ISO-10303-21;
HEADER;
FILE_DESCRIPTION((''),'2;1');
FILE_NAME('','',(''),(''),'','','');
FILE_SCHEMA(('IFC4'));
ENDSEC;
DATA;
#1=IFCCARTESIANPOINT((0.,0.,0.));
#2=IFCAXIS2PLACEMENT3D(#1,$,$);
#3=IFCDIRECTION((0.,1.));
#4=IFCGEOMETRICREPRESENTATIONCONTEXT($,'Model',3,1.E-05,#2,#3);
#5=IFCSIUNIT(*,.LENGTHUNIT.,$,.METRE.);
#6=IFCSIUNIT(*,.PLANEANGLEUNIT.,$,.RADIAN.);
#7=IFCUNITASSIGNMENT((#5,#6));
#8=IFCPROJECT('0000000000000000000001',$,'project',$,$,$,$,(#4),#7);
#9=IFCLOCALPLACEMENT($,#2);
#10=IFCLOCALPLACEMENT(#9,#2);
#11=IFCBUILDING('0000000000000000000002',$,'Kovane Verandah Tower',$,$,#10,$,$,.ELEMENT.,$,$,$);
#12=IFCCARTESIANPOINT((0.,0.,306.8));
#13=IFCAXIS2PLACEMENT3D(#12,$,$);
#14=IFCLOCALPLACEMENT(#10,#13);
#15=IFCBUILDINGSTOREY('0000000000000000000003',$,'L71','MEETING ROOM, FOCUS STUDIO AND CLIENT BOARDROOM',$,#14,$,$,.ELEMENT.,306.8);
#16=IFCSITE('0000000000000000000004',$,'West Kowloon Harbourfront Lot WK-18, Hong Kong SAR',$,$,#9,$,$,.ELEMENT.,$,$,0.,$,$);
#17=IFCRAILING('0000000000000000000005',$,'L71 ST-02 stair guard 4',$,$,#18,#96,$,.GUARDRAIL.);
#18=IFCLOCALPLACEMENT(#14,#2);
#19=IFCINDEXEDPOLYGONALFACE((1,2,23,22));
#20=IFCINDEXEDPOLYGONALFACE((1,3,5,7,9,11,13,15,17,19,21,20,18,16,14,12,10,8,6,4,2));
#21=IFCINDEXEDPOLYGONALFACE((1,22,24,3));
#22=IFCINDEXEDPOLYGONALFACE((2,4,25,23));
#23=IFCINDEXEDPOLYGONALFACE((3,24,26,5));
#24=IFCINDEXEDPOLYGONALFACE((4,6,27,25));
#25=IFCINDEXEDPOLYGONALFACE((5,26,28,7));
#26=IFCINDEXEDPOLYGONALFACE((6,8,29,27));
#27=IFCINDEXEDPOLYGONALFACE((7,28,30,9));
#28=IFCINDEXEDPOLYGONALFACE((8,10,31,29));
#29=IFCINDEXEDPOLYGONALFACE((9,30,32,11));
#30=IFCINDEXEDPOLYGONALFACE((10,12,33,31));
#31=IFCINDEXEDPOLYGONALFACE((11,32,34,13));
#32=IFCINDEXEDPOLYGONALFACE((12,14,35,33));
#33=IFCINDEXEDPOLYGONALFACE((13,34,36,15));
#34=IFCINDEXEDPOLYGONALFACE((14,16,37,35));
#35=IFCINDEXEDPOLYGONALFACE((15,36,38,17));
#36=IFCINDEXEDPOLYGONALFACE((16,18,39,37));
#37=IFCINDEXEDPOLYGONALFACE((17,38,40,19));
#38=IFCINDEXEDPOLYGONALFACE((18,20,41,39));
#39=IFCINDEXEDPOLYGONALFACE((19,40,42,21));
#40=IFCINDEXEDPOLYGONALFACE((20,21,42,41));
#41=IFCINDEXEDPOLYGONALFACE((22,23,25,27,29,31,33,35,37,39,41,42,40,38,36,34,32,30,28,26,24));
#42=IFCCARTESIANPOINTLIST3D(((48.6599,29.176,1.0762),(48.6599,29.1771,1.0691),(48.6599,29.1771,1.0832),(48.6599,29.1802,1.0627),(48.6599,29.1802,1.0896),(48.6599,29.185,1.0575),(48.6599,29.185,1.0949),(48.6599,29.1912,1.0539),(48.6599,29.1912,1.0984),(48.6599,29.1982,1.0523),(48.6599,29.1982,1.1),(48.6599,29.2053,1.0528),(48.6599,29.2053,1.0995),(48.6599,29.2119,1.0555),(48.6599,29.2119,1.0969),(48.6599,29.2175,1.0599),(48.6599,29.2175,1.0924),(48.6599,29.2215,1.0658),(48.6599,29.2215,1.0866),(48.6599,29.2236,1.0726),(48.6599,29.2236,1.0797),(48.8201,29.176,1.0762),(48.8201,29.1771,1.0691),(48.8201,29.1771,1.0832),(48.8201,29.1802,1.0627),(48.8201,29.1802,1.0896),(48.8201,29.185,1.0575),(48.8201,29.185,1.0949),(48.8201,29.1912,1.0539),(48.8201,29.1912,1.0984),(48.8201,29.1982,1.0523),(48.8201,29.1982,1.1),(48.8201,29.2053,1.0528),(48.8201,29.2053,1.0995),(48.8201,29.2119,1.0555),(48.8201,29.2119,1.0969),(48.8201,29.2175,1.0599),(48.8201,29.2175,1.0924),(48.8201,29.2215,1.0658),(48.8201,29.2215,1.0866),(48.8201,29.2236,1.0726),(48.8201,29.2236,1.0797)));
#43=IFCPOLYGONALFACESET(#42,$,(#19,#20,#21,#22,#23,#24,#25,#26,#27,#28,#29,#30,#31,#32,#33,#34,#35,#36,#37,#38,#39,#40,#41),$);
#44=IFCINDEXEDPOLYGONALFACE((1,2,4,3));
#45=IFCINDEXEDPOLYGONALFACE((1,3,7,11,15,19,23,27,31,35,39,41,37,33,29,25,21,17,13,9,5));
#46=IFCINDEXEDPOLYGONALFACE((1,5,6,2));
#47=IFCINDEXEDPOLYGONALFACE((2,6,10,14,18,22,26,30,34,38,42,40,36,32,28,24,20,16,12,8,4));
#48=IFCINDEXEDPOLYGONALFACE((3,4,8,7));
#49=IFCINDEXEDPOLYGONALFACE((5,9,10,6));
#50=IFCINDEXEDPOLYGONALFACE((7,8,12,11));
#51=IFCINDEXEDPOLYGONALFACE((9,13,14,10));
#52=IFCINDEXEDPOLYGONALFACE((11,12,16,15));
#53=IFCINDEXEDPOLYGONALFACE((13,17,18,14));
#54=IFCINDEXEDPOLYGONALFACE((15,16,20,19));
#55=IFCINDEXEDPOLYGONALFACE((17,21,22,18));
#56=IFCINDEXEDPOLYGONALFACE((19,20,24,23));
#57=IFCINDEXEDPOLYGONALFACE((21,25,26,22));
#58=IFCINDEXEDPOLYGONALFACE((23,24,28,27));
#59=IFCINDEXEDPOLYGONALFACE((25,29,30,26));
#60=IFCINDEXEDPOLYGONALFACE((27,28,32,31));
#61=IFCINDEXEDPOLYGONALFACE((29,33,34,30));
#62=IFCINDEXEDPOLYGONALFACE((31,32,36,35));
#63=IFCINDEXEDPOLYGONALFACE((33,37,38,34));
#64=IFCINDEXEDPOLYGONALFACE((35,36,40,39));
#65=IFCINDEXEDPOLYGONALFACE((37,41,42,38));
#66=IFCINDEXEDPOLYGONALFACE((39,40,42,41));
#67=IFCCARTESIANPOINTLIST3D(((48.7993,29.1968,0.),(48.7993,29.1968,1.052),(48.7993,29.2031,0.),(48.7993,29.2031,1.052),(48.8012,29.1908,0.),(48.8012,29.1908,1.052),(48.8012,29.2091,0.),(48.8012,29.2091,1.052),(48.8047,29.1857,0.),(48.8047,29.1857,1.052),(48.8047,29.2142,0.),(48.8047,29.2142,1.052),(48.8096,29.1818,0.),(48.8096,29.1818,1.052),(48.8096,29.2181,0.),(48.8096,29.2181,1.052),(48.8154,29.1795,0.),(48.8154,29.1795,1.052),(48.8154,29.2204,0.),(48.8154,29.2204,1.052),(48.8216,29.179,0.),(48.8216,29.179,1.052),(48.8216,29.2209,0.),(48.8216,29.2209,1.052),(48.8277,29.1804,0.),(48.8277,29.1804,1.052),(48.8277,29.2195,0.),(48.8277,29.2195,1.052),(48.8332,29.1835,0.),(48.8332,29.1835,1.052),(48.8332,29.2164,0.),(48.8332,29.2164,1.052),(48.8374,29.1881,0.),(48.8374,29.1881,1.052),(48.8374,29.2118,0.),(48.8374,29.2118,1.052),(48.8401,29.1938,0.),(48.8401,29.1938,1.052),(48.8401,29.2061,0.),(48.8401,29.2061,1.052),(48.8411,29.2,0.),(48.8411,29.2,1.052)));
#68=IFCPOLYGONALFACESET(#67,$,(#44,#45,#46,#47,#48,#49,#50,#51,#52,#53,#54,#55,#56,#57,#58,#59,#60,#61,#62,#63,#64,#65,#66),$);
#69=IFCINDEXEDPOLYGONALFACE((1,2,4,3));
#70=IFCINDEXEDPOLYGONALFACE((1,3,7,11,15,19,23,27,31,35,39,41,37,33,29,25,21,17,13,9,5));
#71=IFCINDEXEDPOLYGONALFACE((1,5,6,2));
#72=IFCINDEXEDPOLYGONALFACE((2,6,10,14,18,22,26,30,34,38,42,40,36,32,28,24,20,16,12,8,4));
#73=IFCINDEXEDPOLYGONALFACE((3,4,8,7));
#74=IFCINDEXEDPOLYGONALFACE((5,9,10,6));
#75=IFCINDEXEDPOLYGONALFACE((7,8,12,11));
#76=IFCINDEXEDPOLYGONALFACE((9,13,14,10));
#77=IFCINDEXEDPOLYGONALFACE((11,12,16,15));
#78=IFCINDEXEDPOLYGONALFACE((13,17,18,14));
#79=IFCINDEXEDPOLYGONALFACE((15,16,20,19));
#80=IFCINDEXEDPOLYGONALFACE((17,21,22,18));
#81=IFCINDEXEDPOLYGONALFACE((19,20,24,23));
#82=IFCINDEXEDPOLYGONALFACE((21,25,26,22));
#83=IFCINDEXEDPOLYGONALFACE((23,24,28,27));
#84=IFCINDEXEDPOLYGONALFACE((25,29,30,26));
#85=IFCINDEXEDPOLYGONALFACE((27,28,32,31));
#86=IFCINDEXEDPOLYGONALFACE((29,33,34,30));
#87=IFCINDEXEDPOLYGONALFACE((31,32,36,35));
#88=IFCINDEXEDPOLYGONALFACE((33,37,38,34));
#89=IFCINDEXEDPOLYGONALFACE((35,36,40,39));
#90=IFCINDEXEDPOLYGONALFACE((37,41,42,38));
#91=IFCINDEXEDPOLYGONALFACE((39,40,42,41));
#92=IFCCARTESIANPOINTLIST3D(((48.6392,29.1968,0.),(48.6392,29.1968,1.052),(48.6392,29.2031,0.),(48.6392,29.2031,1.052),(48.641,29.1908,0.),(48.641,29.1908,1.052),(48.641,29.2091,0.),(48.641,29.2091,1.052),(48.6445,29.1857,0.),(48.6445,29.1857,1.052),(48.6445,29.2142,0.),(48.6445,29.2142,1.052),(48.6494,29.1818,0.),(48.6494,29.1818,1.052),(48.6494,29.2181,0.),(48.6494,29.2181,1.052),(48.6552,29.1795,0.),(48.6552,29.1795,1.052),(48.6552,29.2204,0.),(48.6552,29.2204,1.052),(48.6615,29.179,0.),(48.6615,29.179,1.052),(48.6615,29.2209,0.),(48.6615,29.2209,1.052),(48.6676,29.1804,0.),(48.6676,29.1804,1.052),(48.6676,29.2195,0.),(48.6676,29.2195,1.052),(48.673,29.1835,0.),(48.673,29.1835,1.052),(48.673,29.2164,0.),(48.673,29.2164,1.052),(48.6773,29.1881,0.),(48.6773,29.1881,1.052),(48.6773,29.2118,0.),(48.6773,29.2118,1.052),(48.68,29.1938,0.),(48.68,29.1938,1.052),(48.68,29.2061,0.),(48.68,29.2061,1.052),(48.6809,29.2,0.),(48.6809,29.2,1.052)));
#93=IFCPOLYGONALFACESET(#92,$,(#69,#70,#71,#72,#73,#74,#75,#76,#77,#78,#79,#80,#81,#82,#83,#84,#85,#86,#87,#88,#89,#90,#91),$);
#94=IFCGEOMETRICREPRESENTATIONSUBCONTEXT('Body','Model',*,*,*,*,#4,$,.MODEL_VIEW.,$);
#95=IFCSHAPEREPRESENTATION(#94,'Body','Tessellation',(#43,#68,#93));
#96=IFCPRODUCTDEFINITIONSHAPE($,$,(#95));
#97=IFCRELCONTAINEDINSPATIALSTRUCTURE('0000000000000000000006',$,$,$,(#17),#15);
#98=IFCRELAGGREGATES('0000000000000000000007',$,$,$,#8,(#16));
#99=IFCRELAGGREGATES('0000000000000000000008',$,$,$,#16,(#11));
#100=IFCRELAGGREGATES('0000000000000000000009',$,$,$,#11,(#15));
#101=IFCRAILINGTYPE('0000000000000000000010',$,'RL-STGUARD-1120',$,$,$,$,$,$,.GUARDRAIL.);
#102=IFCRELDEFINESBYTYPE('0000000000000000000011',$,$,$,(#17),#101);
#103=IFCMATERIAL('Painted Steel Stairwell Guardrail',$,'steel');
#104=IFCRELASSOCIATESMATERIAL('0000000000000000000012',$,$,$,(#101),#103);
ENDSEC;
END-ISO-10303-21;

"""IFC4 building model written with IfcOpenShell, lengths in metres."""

from ifc_helpers import new_model, si_unit, direction, frame, origin, origin_2d, place, context, subcontext, project, spatial, circle, extrude, material, type_object, element, save


model = new_model("IFC4")

# Units and contexts
model_context = context("Model", 3, precision=1e-05, world=origin(), true_north=direction((0.0, 1.0)))
body_context = subcontext(model_context, "Body", "Model", "MODEL_VIEW")
ifc_project = project(units=[si_unit("LENGTHUNIT", "METRE"), si_unit("PLANEANGLEUNIT", "RADIAN")], contexts=[model_context])

# Site, building, storey
site_placement = place(None, origin())
site = spatial("IfcSite", under=ifc_project, at=site_placement, Name="West Kowloon Harbourfront Lot WK-18, Hong Kong SAR", CompositionType="ELEMENT", RefElevation=0.0)
building_placement = place(site_placement, origin())
building = spatial("IfcBuilding", under=site, at=building_placement, Name="Kovane Verandah Tower", CompositionType="ELEMENT")
storey_placement = place(building_placement, frame((0.0, 0.0, 306.8)))
storey = spatial("IfcBuildingStorey", under=building, at=storey_placement, Name="L71", Description="MEETING ROOM, FOCUS STUDIO AND CLIENT BOARDROOM", CompositionType="ELEMENT", Elevation=306.8)

# Railing
ifc_material_1 = material(Name="Painted Steel Stairwell Guardrail", Category="steel")
railing_type_1 = type_object("IfcRailingType", Name="RL-STGUARD-1120", PredefinedType="GUARDRAIL", material=ifc_material_1)
railing_1_placement = place(storey_placement, frame((48.8201, 29.2, 0.0)))
element("IfcRailing", 1, at=railing_1_placement, inside=storey, type_object=railing_type_1, Name="L71 ST-02 stair guard 4", PredefinedType="GUARDRAIL", context=body_context, shape_type="SweptSolid", body=[
    extrude(circle(Radius=0.0239, at=origin_2d()), frame((0.0, 0.0, 1.0762), z_axis=(-1.0, 0.0, 0.0), x_axis=(0.0, -1.0, 0.0)), (0.0, 0.0, 1.0), 0.1602),
    extrude(circle(Radius=0.021, at=origin_2d()), origin(), (0.0, 0.0, 1.0), 1.052),
    extrude(circle(Radius=0.021, at=origin_2d()), frame((-0.1602, 0.0, 0.0)), (0.0, 0.0, 1.0), 1.052),
])

save(model, "model.ifc")
